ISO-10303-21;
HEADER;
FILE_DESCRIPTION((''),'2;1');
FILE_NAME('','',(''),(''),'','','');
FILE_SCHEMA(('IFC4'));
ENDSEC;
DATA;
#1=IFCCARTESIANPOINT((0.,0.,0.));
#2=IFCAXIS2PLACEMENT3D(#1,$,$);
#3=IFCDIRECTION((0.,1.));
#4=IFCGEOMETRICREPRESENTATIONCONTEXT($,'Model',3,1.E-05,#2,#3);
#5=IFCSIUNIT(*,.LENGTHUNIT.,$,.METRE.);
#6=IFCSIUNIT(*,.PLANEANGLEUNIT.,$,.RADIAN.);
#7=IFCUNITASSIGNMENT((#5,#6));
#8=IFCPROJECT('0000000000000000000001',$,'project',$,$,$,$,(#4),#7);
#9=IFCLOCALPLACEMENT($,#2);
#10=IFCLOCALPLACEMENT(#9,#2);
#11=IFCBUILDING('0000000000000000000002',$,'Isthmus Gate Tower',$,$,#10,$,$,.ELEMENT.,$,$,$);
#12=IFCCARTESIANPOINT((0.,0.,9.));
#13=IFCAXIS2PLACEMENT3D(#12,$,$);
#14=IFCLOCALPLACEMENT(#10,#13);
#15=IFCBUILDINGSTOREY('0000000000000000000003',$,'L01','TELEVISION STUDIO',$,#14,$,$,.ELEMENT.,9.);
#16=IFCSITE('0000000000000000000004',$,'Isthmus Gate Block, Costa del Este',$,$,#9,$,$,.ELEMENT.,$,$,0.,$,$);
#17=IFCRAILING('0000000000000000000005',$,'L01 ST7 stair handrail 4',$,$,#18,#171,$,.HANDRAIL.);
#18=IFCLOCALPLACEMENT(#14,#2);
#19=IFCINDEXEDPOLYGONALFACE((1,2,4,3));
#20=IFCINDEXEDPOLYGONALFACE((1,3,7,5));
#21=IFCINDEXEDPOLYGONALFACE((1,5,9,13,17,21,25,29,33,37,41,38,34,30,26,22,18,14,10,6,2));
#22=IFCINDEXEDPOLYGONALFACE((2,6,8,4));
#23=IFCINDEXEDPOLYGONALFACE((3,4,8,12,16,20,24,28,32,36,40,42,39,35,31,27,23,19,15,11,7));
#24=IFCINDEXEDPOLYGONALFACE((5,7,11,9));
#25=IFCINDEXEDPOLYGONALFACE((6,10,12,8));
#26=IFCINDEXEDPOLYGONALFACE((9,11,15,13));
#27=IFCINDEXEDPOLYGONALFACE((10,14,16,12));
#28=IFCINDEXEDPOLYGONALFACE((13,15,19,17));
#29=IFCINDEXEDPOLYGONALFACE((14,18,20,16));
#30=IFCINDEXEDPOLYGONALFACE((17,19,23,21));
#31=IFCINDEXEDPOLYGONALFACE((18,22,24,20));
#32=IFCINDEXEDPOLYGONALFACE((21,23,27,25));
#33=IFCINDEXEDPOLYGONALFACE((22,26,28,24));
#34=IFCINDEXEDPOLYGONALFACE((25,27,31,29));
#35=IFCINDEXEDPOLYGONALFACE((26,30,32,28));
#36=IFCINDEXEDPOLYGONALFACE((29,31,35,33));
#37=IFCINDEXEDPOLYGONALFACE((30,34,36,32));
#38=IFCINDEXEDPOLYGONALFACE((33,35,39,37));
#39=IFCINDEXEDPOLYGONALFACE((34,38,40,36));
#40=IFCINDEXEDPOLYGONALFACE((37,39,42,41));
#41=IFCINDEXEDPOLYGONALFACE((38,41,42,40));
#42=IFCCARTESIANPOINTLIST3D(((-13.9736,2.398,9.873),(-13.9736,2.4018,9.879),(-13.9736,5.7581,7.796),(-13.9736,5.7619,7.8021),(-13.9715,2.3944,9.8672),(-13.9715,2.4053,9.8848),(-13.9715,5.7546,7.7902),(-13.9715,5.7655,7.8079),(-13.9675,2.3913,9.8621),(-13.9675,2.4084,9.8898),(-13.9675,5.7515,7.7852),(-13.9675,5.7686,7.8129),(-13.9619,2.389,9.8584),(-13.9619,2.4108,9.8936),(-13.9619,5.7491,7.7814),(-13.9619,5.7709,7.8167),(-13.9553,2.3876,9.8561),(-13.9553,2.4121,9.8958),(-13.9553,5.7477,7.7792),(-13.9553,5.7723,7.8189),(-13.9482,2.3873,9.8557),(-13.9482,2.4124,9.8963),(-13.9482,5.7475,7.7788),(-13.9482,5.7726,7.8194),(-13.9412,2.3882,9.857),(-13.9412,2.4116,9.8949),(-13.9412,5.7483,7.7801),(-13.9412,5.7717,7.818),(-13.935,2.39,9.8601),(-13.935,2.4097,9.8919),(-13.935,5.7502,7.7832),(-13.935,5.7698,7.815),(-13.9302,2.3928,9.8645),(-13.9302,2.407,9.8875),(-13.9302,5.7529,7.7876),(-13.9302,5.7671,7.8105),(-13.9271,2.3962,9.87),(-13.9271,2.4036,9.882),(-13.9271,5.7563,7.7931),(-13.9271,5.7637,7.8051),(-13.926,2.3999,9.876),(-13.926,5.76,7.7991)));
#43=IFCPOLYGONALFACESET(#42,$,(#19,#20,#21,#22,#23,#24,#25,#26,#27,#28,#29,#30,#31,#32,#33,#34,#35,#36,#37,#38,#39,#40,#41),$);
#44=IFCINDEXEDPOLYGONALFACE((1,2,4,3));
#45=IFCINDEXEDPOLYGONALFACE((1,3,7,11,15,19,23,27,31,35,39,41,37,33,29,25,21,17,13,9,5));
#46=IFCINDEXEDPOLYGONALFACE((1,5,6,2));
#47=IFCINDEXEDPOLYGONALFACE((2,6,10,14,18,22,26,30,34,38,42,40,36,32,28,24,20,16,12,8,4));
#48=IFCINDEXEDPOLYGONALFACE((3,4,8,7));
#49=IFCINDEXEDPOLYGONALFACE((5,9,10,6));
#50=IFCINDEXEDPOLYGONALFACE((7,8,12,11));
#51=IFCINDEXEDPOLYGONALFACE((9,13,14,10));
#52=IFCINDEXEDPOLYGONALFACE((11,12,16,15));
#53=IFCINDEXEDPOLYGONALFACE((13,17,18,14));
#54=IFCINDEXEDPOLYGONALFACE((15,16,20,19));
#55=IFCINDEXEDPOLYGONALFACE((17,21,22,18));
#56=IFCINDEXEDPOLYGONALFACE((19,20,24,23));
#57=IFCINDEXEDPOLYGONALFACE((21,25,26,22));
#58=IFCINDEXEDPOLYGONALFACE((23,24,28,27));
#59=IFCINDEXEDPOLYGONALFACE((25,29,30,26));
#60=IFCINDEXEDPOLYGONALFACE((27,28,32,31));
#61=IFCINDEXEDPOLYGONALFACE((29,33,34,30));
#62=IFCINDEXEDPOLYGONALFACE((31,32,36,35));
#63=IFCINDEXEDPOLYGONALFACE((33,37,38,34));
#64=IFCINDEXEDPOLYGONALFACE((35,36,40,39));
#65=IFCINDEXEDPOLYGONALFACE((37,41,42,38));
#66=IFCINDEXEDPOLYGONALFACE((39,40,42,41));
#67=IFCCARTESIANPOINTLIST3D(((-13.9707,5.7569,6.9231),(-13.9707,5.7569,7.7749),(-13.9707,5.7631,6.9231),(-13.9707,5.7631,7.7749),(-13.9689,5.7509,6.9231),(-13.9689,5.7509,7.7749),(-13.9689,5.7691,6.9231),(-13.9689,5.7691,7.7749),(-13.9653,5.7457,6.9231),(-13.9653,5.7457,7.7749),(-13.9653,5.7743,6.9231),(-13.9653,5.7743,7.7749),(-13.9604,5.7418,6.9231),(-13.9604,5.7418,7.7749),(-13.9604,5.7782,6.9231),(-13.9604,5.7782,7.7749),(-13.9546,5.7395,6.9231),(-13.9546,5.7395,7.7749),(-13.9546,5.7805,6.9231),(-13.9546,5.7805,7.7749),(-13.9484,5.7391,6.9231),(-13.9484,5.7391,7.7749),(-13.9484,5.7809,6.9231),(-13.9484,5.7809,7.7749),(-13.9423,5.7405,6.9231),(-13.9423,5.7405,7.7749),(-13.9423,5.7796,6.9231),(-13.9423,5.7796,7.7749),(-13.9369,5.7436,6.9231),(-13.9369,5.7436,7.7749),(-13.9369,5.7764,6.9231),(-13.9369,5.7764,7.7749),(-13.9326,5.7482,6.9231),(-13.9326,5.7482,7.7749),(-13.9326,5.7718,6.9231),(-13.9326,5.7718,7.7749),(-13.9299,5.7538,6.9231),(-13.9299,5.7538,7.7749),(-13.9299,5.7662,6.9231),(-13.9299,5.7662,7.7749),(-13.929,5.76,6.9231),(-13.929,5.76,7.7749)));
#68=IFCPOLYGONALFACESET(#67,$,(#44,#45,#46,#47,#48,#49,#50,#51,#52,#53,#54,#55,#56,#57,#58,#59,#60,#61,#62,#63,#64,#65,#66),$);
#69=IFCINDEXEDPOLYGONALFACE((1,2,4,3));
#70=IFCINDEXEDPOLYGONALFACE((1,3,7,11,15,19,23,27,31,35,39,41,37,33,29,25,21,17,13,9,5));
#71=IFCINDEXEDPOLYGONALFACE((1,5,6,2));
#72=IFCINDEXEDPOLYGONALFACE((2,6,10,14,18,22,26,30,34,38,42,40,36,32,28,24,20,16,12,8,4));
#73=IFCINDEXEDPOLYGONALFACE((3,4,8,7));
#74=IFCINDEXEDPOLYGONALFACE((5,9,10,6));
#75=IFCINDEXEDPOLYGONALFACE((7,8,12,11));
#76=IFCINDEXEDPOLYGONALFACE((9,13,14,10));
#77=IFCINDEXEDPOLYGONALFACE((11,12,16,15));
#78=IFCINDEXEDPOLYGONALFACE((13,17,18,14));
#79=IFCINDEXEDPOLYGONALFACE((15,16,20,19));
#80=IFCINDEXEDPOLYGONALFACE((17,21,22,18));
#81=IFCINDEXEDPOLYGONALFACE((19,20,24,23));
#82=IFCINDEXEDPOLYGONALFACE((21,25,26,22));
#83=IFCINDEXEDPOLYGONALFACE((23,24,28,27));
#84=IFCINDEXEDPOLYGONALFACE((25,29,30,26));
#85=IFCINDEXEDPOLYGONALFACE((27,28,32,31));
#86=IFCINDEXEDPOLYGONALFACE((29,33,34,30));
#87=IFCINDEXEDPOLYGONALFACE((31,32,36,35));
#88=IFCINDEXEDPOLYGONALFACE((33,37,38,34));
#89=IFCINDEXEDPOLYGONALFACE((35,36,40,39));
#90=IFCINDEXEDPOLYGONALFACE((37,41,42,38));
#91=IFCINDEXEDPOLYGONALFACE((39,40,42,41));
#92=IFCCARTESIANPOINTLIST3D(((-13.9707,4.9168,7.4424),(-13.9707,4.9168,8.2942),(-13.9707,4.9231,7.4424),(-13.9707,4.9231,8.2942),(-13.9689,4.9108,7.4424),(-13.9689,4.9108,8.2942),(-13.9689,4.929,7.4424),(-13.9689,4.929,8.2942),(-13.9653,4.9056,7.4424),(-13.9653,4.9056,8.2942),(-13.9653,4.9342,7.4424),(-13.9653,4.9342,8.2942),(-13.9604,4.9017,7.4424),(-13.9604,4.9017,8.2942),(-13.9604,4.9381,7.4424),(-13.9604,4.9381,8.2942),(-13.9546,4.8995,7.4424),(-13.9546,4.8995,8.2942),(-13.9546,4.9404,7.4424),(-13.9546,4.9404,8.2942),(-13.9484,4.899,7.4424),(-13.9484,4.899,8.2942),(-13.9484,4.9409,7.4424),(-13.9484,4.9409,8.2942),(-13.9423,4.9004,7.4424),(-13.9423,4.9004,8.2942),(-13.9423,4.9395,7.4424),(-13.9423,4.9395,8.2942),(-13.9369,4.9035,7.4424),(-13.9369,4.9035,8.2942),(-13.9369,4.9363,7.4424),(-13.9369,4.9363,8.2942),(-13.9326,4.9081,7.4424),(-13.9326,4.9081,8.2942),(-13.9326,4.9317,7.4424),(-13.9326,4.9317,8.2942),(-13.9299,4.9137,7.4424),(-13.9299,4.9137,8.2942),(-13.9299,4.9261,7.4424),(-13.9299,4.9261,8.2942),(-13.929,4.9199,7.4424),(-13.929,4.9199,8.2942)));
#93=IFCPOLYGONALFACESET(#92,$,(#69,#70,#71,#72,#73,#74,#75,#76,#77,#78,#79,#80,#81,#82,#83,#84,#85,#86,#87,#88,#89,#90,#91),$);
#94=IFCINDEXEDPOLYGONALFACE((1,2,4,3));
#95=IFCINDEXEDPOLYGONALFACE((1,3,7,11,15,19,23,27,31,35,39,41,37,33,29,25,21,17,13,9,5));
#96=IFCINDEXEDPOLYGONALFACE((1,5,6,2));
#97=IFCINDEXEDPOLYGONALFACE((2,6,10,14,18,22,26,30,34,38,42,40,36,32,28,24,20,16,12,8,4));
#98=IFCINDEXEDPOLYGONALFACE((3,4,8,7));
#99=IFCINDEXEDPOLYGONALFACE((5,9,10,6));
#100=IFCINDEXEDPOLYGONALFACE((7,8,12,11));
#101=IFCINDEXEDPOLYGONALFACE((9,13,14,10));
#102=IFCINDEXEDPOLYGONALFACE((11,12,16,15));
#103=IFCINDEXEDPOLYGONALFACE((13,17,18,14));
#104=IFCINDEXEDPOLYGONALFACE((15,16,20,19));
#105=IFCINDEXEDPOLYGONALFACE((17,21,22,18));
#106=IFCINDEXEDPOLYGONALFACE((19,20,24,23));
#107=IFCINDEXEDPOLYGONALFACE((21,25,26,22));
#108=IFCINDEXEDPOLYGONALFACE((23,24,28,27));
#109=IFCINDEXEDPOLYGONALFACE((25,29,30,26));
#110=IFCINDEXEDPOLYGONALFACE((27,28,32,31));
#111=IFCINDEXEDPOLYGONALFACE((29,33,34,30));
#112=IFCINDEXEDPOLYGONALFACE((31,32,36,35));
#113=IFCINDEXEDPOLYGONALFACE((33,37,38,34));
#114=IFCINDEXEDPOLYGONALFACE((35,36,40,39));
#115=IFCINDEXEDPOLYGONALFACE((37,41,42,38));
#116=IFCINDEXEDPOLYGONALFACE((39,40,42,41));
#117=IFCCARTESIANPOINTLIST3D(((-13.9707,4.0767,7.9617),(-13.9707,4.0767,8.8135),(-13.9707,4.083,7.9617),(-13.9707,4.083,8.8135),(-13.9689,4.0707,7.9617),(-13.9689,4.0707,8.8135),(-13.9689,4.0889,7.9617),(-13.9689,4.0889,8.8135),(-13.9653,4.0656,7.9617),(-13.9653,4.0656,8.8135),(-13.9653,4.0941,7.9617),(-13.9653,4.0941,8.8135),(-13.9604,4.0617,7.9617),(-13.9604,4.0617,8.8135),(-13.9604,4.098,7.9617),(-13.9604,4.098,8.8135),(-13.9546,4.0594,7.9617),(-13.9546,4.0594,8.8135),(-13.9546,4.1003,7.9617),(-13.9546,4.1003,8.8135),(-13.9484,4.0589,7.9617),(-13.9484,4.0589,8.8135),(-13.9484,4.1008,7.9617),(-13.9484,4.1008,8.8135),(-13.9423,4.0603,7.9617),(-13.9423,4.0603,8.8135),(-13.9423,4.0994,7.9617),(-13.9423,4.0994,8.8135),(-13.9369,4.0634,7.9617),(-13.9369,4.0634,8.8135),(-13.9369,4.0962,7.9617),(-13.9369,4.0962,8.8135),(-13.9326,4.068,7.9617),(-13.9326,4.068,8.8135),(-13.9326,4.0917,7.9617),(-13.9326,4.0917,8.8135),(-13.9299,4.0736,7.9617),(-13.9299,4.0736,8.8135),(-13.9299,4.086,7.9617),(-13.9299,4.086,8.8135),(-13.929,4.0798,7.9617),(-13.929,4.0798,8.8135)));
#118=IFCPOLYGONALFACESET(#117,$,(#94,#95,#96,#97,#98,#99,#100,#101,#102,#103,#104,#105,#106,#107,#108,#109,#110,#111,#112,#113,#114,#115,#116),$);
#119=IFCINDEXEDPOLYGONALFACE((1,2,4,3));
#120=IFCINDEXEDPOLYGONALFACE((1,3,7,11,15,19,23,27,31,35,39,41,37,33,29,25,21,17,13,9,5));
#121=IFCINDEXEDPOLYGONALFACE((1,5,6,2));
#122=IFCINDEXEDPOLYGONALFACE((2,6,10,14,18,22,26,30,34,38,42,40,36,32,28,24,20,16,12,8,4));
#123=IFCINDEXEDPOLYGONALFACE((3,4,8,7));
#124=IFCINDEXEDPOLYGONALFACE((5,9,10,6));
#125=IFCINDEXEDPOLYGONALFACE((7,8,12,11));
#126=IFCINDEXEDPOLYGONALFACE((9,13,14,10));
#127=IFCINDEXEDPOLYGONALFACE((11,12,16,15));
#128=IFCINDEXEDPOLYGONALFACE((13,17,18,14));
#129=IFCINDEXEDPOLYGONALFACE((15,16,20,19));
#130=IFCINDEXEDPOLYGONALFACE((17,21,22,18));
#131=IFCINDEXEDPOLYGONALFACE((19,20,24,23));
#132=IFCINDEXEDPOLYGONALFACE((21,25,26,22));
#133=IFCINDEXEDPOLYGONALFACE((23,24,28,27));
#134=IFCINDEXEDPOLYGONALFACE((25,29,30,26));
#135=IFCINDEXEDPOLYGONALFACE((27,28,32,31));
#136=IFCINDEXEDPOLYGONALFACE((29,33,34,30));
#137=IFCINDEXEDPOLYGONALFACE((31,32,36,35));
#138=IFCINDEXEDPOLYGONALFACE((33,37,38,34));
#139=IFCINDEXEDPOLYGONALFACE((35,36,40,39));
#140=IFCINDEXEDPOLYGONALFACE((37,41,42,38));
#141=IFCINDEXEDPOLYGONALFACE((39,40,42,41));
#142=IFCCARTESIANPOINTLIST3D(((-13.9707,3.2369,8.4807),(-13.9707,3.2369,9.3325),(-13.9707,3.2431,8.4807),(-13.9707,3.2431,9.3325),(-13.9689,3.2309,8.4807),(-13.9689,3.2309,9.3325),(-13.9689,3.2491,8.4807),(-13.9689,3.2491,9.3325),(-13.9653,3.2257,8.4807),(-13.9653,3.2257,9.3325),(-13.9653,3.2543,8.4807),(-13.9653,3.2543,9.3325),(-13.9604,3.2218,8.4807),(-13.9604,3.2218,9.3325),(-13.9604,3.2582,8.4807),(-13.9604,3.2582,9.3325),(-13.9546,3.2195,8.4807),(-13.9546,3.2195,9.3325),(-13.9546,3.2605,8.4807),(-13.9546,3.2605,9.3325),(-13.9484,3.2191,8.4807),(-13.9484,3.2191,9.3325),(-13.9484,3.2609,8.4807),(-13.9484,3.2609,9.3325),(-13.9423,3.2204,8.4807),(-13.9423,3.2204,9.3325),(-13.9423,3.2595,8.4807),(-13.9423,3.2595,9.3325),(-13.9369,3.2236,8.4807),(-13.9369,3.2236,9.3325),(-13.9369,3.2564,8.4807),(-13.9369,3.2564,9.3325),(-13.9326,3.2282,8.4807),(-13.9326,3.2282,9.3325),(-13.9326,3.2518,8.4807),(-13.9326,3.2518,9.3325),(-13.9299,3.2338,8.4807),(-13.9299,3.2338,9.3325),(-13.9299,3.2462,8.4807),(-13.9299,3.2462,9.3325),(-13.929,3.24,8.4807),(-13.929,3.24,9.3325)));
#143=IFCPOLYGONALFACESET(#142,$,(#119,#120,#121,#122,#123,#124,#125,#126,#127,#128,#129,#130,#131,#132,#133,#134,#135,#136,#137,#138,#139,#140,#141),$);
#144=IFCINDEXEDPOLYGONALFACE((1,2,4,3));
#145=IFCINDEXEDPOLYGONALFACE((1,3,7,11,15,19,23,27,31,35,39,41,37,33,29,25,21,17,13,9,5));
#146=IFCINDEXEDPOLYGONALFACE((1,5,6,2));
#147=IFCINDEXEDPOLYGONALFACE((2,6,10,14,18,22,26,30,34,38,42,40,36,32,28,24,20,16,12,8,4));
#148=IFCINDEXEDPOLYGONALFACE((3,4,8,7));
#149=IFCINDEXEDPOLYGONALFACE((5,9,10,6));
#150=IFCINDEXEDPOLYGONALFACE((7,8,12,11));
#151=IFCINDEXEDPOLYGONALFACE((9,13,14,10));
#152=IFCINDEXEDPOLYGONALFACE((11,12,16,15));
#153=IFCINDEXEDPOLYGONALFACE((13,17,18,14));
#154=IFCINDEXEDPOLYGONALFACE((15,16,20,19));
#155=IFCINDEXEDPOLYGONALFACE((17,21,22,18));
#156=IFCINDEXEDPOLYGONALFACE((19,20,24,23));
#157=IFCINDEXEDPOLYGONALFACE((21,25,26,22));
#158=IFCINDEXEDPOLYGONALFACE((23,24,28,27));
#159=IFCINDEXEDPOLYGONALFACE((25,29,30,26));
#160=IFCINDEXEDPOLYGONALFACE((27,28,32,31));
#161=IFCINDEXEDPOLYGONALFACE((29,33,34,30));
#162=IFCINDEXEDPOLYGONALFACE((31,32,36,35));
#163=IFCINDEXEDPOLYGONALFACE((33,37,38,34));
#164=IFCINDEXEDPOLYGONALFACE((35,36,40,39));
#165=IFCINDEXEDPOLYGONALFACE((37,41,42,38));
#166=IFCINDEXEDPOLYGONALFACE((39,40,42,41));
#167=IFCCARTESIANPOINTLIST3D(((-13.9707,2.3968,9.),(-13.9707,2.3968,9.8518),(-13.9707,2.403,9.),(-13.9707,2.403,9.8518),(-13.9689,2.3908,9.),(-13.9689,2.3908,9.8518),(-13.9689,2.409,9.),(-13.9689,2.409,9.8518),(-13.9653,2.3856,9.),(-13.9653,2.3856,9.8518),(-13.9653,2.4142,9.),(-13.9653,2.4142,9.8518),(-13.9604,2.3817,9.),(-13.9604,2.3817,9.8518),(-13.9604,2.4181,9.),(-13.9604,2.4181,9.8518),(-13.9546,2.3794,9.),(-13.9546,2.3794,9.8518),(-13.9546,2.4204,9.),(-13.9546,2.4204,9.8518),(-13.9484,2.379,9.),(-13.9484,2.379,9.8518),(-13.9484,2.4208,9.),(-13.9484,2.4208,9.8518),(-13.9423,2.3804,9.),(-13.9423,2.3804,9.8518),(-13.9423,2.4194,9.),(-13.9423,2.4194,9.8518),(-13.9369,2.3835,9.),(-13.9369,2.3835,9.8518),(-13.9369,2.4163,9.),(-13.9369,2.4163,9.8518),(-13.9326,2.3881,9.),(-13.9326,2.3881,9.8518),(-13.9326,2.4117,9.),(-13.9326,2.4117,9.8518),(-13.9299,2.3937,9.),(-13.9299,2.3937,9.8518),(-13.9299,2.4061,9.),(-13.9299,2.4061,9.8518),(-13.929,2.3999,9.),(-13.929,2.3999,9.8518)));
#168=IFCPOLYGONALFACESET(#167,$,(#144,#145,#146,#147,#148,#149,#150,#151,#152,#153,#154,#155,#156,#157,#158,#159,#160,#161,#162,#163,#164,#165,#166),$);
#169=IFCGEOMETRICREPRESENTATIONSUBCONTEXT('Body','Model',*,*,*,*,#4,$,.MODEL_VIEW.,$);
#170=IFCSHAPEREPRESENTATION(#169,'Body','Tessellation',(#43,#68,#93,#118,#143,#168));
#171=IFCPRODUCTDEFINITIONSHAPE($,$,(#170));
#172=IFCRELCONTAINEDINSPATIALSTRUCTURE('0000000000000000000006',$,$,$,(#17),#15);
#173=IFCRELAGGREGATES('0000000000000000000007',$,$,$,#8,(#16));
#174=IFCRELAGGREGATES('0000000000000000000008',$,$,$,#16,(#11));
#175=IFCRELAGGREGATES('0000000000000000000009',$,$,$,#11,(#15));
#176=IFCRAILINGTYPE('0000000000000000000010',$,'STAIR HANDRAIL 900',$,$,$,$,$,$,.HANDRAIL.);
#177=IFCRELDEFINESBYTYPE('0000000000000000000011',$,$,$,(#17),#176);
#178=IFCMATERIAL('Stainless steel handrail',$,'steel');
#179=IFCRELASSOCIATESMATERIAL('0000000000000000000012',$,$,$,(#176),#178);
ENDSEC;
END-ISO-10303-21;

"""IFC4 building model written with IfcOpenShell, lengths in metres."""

from ifc_helpers import new_model, si_unit, direction, frame, origin, origin_2d, place, context, subcontext, project, spatial, circle, extrude, material, type_object, element, save


model = new_model("IFC4")

# Units and contexts
model_context = context("Model", 3, precision=1e-05, world=origin(), true_north=direction((0.0, 1.0)))
body_context = subcontext(model_context, "Body", "Model", "MODEL_VIEW")
ifc_project = project(units=[si_unit("LENGTHUNIT", "METRE"), si_unit("PLANEANGLEUNIT", "RADIAN")], contexts=[model_context])

# Site, building, storey
site_placement = place(None, origin())
site = spatial("IfcSite", under=ifc_project, at=site_placement, Name="Isthmus Gate Block, Costa del Este", CompositionType="ELEMENT", RefElevation=0.0)
building_placement = place(site_placement, origin())
building = spatial("IfcBuilding", under=site, at=building_placement, Name="Isthmus Gate Tower", CompositionType="ELEMENT")
storey_placement = place(building_placement, frame((0.0, 0.0, 9.0)))
storey = spatial("IfcBuildingStorey", under=building, at=storey_placement, Name="L01", Description="TELEVISION STUDIO", CompositionType="ELEMENT", Elevation=9.0)

# Railing
ifc_material_1 = material(Name="Stainless steel handrail", Category="steel")
railing_type_1 = type_object("IfcRailingType", Name="STAIR HANDRAIL 900", PredefinedType="HANDRAIL", material=ifc_material_1)
railing_1_placement = place(storey_placement, frame((-13.95, 5.76, 6.9231)))
element("IfcRailing", 1, at=railing_1_placement, inside=storey, type_object=railing_type_1, Name="L01 ST7 stair handrail 4", PredefinedType="HANDRAIL", context=body_context, shape_type="SweptSolid", body=[
    extrude(circle(Radius=0.0239, at=origin_2d()), frame((0.0, 0.0, 0.876), z_axis=(0.0, -0.850623, 0.525776), x_axis=(1.0, 0.0, 0.0)), (0.0, 0.0, 1.0), 3.9502),
    extrude(circle(Radius=0.021, at=origin_2d()), origin(), (0.0, 0.0, 1.0), 0.8518),
    extrude(circle(Radius=0.021, at=origin_2d()), frame((0.0, -0.8401, 0.5193)), (0.0, 0.0, 1.0), 0.8518),
    extrude(circle(Radius=0.021, at=origin_2d()), frame((0.0, -1.6802, 1.0386)), (0.0, 0.0, 1.0), 0.8518),
    extrude(circle(Radius=0.021, at=origin_2d()), frame((0.0, -2.52, 1.5576)), (0.0, 0.0, 1.0), 0.8518),
    extrude(circle(Radius=0.021, at=origin_2d()), frame((0.0, -3.3601, 2.0769)), (0.0, 0.0, 1.0), 0.8518),
])

save(model, "model.ifc")
